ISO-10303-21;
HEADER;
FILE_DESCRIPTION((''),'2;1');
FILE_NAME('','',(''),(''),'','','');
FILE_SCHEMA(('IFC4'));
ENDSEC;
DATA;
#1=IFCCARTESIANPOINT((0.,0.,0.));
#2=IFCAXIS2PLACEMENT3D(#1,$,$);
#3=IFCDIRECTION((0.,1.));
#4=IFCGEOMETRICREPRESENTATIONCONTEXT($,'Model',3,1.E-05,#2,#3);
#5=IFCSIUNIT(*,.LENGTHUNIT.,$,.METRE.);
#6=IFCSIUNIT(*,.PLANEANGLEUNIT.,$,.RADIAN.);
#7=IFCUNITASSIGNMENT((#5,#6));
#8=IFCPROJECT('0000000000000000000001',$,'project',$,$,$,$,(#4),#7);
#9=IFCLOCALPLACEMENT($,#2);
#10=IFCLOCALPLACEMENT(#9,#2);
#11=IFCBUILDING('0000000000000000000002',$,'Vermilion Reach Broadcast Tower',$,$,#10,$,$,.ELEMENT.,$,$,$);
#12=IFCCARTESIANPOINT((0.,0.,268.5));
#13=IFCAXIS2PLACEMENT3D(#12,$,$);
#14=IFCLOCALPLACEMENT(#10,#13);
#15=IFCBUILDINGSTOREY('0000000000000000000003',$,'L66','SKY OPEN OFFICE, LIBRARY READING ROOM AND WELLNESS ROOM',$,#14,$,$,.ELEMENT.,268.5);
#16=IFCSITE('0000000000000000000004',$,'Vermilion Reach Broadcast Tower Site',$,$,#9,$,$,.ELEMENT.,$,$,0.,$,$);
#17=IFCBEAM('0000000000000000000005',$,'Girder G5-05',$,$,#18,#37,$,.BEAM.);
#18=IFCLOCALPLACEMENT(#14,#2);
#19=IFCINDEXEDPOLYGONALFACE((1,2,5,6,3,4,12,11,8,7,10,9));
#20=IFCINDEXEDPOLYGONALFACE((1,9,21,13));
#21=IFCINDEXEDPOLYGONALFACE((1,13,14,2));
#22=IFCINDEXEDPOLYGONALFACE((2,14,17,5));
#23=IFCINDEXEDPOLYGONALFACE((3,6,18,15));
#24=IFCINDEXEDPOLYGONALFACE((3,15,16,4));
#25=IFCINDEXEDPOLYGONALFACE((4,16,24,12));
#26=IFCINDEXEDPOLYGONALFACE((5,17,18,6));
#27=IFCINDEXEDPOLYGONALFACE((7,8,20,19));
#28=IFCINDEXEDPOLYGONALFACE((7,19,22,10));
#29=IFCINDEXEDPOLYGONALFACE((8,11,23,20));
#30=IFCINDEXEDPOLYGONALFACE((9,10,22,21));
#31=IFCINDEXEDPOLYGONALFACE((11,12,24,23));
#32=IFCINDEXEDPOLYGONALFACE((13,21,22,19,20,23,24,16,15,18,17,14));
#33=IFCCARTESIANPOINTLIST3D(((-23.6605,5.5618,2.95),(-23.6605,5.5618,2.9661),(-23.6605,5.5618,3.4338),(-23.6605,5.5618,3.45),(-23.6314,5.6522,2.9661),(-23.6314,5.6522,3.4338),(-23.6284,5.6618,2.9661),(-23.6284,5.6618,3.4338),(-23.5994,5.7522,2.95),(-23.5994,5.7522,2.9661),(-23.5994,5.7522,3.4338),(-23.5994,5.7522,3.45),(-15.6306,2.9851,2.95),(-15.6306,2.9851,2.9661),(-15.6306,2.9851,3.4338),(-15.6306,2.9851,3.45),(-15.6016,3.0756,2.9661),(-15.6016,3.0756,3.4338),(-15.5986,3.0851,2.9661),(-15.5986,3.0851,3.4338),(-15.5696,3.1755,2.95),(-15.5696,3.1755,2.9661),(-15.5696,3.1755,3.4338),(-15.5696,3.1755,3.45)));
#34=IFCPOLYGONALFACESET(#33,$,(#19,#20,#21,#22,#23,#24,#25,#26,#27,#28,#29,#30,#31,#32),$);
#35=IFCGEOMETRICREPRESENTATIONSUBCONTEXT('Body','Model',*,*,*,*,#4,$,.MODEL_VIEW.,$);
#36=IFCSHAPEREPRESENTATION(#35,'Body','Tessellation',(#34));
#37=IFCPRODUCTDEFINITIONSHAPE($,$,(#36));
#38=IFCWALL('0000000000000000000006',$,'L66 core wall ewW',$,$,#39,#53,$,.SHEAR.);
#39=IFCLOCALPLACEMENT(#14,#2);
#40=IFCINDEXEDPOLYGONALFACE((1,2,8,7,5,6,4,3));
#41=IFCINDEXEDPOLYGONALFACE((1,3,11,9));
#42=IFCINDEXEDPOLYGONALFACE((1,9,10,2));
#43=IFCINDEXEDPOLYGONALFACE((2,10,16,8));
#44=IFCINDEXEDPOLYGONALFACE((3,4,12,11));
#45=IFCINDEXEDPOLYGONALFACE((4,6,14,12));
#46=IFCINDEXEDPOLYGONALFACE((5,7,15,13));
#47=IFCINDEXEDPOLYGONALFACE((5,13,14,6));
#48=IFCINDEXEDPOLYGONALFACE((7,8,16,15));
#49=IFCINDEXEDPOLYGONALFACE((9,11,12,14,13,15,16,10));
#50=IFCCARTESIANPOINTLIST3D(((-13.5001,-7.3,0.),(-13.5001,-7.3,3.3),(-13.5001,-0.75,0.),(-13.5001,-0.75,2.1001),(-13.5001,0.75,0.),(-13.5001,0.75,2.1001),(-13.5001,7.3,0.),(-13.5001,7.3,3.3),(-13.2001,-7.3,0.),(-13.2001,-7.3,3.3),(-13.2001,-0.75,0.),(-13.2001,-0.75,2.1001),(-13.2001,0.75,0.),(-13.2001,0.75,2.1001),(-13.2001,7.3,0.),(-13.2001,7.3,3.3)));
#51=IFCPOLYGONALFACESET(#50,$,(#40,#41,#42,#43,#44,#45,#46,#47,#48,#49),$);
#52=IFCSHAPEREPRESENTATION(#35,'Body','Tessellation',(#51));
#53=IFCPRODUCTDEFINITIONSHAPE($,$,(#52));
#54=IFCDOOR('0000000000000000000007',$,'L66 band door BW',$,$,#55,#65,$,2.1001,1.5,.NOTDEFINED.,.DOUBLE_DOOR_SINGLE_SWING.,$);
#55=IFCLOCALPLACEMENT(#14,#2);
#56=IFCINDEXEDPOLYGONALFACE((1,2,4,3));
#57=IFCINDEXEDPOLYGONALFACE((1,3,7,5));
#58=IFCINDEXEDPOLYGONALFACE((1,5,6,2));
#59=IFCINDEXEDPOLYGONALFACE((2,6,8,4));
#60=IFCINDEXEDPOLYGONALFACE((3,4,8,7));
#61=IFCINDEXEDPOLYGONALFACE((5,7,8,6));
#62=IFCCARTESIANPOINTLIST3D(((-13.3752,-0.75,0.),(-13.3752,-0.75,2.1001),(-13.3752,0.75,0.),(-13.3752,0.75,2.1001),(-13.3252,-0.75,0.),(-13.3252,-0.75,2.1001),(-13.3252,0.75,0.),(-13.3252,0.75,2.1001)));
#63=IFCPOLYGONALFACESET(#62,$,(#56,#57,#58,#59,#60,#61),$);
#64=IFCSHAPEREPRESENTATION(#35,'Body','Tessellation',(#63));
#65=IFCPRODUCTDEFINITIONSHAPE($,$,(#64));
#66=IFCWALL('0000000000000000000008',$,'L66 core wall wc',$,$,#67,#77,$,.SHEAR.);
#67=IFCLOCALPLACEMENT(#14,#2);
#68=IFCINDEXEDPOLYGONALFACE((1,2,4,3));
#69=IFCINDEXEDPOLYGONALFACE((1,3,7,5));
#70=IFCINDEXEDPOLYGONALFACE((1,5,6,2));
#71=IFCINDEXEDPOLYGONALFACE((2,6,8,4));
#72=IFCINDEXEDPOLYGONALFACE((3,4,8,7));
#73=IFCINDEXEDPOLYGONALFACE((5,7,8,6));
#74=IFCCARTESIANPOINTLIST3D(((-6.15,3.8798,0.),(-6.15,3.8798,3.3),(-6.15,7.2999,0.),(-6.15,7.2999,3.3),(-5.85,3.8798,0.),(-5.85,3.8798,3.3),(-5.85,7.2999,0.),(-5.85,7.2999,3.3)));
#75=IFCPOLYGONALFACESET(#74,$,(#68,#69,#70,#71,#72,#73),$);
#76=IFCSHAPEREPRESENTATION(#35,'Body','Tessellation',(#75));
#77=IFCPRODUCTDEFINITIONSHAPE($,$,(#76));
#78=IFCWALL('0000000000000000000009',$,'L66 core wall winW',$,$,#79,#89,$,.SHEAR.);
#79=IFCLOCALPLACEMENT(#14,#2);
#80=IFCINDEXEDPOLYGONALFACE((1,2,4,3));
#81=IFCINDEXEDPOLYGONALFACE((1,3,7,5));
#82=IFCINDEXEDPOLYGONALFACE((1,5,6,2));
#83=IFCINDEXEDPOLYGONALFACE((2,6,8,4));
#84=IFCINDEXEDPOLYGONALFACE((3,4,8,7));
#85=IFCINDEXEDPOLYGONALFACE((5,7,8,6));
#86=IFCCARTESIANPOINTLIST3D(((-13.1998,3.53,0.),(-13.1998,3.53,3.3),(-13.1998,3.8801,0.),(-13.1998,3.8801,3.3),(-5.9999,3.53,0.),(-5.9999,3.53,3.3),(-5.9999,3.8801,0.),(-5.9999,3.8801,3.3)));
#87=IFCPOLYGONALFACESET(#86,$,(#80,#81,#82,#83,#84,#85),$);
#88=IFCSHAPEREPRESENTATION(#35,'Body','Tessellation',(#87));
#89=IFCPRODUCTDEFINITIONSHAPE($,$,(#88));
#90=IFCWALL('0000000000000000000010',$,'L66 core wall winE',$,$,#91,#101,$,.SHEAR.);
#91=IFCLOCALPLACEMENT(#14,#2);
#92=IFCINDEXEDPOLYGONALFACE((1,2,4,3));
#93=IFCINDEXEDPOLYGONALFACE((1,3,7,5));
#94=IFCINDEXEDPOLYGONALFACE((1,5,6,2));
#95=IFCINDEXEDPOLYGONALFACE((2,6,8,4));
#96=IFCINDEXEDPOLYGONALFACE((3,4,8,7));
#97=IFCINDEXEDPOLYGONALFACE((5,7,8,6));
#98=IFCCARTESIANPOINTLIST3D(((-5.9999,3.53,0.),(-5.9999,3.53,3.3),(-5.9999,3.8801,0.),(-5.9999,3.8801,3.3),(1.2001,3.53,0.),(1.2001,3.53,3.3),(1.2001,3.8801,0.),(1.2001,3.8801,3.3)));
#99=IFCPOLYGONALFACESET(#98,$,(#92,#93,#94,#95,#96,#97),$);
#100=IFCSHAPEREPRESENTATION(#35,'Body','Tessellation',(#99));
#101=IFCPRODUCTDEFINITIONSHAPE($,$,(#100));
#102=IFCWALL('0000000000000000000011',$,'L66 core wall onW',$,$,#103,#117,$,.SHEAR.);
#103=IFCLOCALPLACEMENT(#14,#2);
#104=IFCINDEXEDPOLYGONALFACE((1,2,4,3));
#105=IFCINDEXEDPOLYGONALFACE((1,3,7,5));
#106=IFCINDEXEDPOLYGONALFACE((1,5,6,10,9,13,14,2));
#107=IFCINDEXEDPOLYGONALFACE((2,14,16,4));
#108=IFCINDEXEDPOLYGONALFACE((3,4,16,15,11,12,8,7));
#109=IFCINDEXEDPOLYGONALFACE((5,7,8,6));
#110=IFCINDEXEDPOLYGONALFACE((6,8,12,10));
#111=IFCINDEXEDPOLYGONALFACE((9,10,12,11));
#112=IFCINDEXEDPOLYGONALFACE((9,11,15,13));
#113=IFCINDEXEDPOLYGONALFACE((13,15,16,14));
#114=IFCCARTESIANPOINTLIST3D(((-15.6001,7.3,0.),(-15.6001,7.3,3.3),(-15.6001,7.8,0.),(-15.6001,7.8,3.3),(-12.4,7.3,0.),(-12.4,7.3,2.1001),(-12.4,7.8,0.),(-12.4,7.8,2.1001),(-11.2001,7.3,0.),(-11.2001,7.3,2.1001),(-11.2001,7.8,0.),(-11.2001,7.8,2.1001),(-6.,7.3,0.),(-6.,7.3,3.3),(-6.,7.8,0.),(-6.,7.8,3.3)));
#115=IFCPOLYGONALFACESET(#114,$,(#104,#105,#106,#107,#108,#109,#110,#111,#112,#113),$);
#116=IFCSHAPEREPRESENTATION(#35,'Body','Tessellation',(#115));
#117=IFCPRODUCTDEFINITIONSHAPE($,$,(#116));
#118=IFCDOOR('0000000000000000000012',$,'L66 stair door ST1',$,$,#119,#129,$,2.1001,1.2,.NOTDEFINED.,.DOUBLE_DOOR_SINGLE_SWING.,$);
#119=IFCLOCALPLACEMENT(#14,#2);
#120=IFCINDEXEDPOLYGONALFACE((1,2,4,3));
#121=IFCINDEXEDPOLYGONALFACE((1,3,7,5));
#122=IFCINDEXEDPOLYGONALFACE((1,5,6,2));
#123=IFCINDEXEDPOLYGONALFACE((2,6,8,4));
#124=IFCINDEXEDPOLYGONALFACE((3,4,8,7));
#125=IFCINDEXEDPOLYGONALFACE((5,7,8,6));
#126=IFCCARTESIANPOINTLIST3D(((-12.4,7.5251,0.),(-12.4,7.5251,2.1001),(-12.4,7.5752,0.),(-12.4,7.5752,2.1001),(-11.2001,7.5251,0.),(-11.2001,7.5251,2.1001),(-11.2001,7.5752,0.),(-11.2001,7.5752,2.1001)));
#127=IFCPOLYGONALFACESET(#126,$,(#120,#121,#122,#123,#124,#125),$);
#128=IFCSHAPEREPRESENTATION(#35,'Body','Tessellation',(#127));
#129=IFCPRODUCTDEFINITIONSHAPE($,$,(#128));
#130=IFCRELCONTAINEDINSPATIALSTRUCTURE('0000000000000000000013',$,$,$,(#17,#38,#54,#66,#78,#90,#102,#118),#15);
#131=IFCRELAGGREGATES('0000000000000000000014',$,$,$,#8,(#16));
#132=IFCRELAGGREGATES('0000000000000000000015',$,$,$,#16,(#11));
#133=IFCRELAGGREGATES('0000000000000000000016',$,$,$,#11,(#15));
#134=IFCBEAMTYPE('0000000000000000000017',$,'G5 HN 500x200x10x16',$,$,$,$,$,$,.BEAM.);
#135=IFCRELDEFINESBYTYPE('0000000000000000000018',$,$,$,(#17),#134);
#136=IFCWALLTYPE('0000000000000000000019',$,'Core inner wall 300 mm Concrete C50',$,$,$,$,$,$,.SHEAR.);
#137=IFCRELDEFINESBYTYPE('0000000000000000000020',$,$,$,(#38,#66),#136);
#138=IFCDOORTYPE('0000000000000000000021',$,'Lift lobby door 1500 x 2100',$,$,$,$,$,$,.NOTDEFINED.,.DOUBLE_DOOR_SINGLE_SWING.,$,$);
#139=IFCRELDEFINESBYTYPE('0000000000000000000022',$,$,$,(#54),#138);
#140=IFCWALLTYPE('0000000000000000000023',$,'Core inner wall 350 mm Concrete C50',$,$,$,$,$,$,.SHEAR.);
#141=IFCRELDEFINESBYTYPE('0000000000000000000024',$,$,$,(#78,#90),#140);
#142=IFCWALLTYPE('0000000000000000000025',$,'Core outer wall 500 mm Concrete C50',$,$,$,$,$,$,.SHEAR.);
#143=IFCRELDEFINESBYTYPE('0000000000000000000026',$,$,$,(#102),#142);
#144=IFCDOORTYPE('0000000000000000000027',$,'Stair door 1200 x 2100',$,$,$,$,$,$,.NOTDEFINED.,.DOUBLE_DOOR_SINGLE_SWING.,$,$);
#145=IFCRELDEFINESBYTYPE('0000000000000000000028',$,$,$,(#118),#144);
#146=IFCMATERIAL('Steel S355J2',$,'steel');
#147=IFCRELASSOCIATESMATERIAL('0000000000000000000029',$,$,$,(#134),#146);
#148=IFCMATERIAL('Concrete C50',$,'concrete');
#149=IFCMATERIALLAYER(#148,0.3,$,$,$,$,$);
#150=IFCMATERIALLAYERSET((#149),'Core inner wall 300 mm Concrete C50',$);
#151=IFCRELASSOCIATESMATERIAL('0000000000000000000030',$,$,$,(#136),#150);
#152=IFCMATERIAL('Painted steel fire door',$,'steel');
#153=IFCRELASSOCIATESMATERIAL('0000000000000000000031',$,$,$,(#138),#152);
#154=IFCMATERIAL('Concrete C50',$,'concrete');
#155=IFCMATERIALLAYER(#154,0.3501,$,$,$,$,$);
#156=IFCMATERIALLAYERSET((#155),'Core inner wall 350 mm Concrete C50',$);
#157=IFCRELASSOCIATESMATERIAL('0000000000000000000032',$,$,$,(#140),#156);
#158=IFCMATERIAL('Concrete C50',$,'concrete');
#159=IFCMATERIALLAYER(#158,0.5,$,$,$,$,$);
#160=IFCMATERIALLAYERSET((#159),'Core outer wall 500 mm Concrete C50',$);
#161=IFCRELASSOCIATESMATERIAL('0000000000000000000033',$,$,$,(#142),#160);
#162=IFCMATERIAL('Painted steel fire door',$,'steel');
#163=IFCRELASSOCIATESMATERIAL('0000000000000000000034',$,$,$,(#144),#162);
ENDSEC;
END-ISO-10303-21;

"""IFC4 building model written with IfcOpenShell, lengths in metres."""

from ifc_helpers import new_model, si_unit, direction, frame, frame_2d, origin, origin_2d, place, context, subcontext, project, spatial, rectangle, i_section, extrude, material, layer, layer_set, material_profile, profile_set, type_object, element, fill, save


model = new_model("IFC4")

# Units and contexts
model_context = context("Model", 3, precision=1e-05, world=origin(), true_north=direction((0.0, 1.0)))
body_context = subcontext(model_context, "Body", "Model", "MODEL_VIEW")
ifc_project = project(units=[si_unit("LENGTHUNIT", "METRE"), si_unit("PLANEANGLEUNIT", "RADIAN")], contexts=[model_context])

# Site, building, storey
site_placement = place(None, origin())
site = spatial("IfcSite", under=ifc_project, at=site_placement, Name="Vermilion Reach Broadcast Tower Site", CompositionType="ELEMENT", RefElevation=0.0)
building_placement = place(site_placement, origin())
building = spatial("IfcBuilding", under=site, at=building_placement, Name="Vermilion Reach Broadcast Tower", CompositionType="ELEMENT")
storey_placement = place(building_placement, frame((0.0, 0.0, 268.5)))
storey = spatial("IfcBuildingStorey", under=building, at=storey_placement, Name="L66", Description="SKY OPEN OFFICE, LIBRARY READING ROOM AND WELLNESS ROOM", CompositionType="ELEMENT", Elevation=268.5)

# Beam
ifc_material_1 = material(Name="Steel S355J2", Category="steel")
ifc_material_profile = material_profile(ifc_material_1, i_section(OverallWidth=0.2, OverallDepth=0.5, WebThickness=0.01, FlangeThickness=0.0161, at=origin_2d()), Name="S355J2 HN 500x200x10x16")
ifc_profile_set = profile_set([ifc_material_profile], Name="Steel S355J2")
beam_type = type_object("IfcBeamType", Name="G5 HN 500x200x10x16", PredefinedType="BEAM", material=ifc_profile_set)
beam_placement = place(storey_placement, frame((-15.6001, 3.0803, 3.2), z_axis=(-0.952178, 0.305542, 0.0), x_axis=(-0.305542, -0.952178, 0.0)))
element("IfcBeam", 1, at=beam_placement, inside=storey, type_object=beam_type, Name="Girder G5-05", PredefinedType="BEAM", context=body_context, shape_type="SweptSolid", body=[
    extrude(i_section(OverallWidth=0.2, OverallDepth=0.5, WebThickness=0.01, FlangeThickness=0.0161, at=origin_2d()), origin(), (0.0, 0.0, 1.0), 8.4331),
])

# Wall, opening, door
ifc_material_2 = material(Name="Concrete C50", Category="concrete")
ifc_layer_1 = layer(ifc_material_2, 0.3)
ifc_layer_set_1 = layer_set([ifc_layer_1], Name="Core inner wall 300 mm Concrete C50")
wall_type_1 = type_object("IfcWallType", Name="Core inner wall 300 mm Concrete C50", PredefinedType="SHEAR", material=ifc_layer_set_1)
wall_1_placement = place(storey_placement, frame((-13.3501, 7.3, 0.0), z_axis=(0.0, 0.0, 1.0), x_axis=(0.0, -1.0, 0.0)))
wall_1 = element("IfcWall", 2, at=wall_1_placement, inside=storey, type_object=wall_type_1, Name="L66 core wall ewW", PredefinedType="SHEAR", context=body_context, shape_type="SweptSolid", body=[
    extrude(rectangle(XDim=14.6001, YDim=0.3, at=frame_2d((7.3, 0.0))), origin(), (0.0, 0.0, 1.0), 3.3),
])
opening_1_placement = place(wall_1_placement, frame((6.55, 0.0, 0.0)))
opening_1 = element("IfcOpeningElement", 3, at=opening_1_placement, cuts=wall_1, PredefinedType="OPENING", context=body_context, shape_type="SweptSolid", body=[
    extrude(rectangle(XDim=1.5, YDim=2.1001, at=frame_2d((0.75, 1.05))), frame((0.0, 0.1599, 0.0), z_axis=(0.0, -1.0, 0.0), x_axis=(1.0, 0.0, 0.0)), (0.0, 0.0, 1.0), 0.3201),
])
ifc_material_3 = material(Name="Painted steel fire door", Category="steel")
door_type_1 = type_object("IfcDoorType", Name="Lift lobby door 1500 x 2100", OperationType="DOUBLE_DOOR_SINGLE_SWING", PredefinedType="NOTDEFINED", material=ifc_material_3)
door_1_placement = place(opening_1_placement, origin())
door_1 = element("IfcDoor", 4, at=door_1_placement, inside=storey, type_object=door_type_1, Name="L66 band door BW", OperationType="DOUBLE_DOOR_SINGLE_SWING", OverallHeight=2.1001, OverallWidth=1.5, PredefinedType="NOTDEFINED", context=body_context, shape_type="SweptSolid", body=[
    extrude(rectangle(XDim=1.5, YDim=2.1001, at=frame_2d((0.75, 1.05))), frame((0.0, 0.0249, 0.0), z_axis=(0.0, -1.0, 0.0), x_axis=(1.0, 0.0, 0.0)), (0.0, 0.0, 1.0), 0.05),
])
fill(opening_1, door_1)

# Walls
wall_2_placement = place(storey_placement, frame((-6.0, 3.8799, 0.0), z_axis=(0.0, 0.0, 1.0), x_axis=(0.0, 1.0, 0.0)))
element("IfcWall", 5, at=wall_2_placement, inside=storey, type_object=wall_type_1, Name="L66 core wall wc", PredefinedType="SHEAR", context=body_context, shape_type="SweptSolid", body=[
    extrude(rectangle(XDim=3.4202, YDim=0.3, at=frame_2d((1.71, 0.0))), origin(), (0.0, 0.0, 1.0), 3.3),
])
ifc_material_4 = material(Name="Concrete C50", Category="concrete")
ifc_layer_2 = layer(ifc_material_4, 0.3501)
ifc_layer_set_2 = layer_set([ifc_layer_2], Name="Core inner wall 350 mm Concrete C50")
wall_type_2 = type_object("IfcWallType", Name="Core inner wall 350 mm Concrete C50", PredefinedType="SHEAR", material=ifc_layer_set_2)
for number, where, z_axis, x_axis, name in (
    (6, (-13.2, 3.7051, 0.0), (0.0, 0.0, 1.0), (1.0, 0.0, 0.0), "L66 core wall winW"),
    (7, (-6.0, 3.7051, 0.0), (0.0, 0.0, 1.0), (1.0, 0.0, 0.0), "L66 core wall winE"),
):
    element("IfcWall", number, at=place(storey_placement, frame(where, z_axis=z_axis, x_axis=x_axis)), inside=storey, type_object=wall_type_2, Name=name, PredefinedType="SHEAR", context=body_context, shape_type="SweptSolid", body=[
        extrude(rectangle(XDim=7.2, YDim=0.3501, at=frame_2d((3.6001, 0.0))), origin(), (0.0, 0.0, 1.0), 3.3),
    ])

# Wall, opening, door
ifc_material_5 = material(Name="Concrete C50", Category="concrete")
ifc_layer_3 = layer(ifc_material_5, 0.5)
ifc_layer_set_3 = layer_set([ifc_layer_3], Name="Core outer wall 500 mm Concrete C50")
wall_type_3 = type_object("IfcWallType", Name="Core outer wall 500 mm Concrete C50", PredefinedType="SHEAR", material=ifc_layer_set_3)
wall_3_placement = place(storey_placement, frame((-6.0, 7.55, 0.0), z_axis=(0.0, 0.0, 1.0), x_axis=(-1.0, 0.0, 0.0)))
wall_3 = element("IfcWall", 8, at=wall_3_placement, inside=storey, type_object=wall_type_3, Name="L66 core wall onW", PredefinedType="SHEAR", context=body_context, shape_type="SweptSolid", body=[
    extrude(rectangle(XDim=9.6001, YDim=0.5, at=frame_2d((4.8, 0.0))), origin(), (0.0, 0.0, 1.0), 3.3),
])
opening_2_placement = place(wall_3_placement, frame((5.2, 0.0, 0.0)))
opening_2 = element("IfcOpeningElement", 9, at=opening_2_placement, cuts=wall_3, PredefinedType="OPENING", context=body_context, shape_type="SweptSolid", body=[
    extrude(rectangle(XDim=1.2, YDim=2.1001, at=frame_2d((0.6001, 1.05))), frame((0.0, 0.26, 0.0), z_axis=(0.0, -1.0, 0.0), x_axis=(1.0, 0.0, 0.0)), (0.0, 0.0, 1.0), 0.52),
])
ifc_material_6 = material(Name="Painted steel fire door", Category="steel")
door_type_2 = type_object("IfcDoorType", Name="Stair door 1200 x 2100", OperationType="DOUBLE_DOOR_SINGLE_SWING", PredefinedType="NOTDEFINED", material=ifc_material_6)
door_2_placement = place(opening_2_placement, origin())
door_2 = element("IfcDoor", 10, at=door_2_placement, inside=storey, type_object=door_type_2, Name="L66 stair door ST1", OperationType="DOUBLE_DOOR_SINGLE_SWING", OverallHeight=2.1001, OverallWidth=1.2, PredefinedType="NOTDEFINED", context=body_context, shape_type="SweptSolid", body=[
    extrude(rectangle(XDim=1.2, YDim=2.1001, at=frame_2d((0.6001, 1.05))), frame((0.0, 0.0249, 0.0), z_axis=(0.0, -1.0, 0.0), x_axis=(1.0, 0.0, 0.0)), (0.0, 0.0, 1.0), 0.05),
])
fill(opening_2, door_2)

save(model, "model.ifc")
